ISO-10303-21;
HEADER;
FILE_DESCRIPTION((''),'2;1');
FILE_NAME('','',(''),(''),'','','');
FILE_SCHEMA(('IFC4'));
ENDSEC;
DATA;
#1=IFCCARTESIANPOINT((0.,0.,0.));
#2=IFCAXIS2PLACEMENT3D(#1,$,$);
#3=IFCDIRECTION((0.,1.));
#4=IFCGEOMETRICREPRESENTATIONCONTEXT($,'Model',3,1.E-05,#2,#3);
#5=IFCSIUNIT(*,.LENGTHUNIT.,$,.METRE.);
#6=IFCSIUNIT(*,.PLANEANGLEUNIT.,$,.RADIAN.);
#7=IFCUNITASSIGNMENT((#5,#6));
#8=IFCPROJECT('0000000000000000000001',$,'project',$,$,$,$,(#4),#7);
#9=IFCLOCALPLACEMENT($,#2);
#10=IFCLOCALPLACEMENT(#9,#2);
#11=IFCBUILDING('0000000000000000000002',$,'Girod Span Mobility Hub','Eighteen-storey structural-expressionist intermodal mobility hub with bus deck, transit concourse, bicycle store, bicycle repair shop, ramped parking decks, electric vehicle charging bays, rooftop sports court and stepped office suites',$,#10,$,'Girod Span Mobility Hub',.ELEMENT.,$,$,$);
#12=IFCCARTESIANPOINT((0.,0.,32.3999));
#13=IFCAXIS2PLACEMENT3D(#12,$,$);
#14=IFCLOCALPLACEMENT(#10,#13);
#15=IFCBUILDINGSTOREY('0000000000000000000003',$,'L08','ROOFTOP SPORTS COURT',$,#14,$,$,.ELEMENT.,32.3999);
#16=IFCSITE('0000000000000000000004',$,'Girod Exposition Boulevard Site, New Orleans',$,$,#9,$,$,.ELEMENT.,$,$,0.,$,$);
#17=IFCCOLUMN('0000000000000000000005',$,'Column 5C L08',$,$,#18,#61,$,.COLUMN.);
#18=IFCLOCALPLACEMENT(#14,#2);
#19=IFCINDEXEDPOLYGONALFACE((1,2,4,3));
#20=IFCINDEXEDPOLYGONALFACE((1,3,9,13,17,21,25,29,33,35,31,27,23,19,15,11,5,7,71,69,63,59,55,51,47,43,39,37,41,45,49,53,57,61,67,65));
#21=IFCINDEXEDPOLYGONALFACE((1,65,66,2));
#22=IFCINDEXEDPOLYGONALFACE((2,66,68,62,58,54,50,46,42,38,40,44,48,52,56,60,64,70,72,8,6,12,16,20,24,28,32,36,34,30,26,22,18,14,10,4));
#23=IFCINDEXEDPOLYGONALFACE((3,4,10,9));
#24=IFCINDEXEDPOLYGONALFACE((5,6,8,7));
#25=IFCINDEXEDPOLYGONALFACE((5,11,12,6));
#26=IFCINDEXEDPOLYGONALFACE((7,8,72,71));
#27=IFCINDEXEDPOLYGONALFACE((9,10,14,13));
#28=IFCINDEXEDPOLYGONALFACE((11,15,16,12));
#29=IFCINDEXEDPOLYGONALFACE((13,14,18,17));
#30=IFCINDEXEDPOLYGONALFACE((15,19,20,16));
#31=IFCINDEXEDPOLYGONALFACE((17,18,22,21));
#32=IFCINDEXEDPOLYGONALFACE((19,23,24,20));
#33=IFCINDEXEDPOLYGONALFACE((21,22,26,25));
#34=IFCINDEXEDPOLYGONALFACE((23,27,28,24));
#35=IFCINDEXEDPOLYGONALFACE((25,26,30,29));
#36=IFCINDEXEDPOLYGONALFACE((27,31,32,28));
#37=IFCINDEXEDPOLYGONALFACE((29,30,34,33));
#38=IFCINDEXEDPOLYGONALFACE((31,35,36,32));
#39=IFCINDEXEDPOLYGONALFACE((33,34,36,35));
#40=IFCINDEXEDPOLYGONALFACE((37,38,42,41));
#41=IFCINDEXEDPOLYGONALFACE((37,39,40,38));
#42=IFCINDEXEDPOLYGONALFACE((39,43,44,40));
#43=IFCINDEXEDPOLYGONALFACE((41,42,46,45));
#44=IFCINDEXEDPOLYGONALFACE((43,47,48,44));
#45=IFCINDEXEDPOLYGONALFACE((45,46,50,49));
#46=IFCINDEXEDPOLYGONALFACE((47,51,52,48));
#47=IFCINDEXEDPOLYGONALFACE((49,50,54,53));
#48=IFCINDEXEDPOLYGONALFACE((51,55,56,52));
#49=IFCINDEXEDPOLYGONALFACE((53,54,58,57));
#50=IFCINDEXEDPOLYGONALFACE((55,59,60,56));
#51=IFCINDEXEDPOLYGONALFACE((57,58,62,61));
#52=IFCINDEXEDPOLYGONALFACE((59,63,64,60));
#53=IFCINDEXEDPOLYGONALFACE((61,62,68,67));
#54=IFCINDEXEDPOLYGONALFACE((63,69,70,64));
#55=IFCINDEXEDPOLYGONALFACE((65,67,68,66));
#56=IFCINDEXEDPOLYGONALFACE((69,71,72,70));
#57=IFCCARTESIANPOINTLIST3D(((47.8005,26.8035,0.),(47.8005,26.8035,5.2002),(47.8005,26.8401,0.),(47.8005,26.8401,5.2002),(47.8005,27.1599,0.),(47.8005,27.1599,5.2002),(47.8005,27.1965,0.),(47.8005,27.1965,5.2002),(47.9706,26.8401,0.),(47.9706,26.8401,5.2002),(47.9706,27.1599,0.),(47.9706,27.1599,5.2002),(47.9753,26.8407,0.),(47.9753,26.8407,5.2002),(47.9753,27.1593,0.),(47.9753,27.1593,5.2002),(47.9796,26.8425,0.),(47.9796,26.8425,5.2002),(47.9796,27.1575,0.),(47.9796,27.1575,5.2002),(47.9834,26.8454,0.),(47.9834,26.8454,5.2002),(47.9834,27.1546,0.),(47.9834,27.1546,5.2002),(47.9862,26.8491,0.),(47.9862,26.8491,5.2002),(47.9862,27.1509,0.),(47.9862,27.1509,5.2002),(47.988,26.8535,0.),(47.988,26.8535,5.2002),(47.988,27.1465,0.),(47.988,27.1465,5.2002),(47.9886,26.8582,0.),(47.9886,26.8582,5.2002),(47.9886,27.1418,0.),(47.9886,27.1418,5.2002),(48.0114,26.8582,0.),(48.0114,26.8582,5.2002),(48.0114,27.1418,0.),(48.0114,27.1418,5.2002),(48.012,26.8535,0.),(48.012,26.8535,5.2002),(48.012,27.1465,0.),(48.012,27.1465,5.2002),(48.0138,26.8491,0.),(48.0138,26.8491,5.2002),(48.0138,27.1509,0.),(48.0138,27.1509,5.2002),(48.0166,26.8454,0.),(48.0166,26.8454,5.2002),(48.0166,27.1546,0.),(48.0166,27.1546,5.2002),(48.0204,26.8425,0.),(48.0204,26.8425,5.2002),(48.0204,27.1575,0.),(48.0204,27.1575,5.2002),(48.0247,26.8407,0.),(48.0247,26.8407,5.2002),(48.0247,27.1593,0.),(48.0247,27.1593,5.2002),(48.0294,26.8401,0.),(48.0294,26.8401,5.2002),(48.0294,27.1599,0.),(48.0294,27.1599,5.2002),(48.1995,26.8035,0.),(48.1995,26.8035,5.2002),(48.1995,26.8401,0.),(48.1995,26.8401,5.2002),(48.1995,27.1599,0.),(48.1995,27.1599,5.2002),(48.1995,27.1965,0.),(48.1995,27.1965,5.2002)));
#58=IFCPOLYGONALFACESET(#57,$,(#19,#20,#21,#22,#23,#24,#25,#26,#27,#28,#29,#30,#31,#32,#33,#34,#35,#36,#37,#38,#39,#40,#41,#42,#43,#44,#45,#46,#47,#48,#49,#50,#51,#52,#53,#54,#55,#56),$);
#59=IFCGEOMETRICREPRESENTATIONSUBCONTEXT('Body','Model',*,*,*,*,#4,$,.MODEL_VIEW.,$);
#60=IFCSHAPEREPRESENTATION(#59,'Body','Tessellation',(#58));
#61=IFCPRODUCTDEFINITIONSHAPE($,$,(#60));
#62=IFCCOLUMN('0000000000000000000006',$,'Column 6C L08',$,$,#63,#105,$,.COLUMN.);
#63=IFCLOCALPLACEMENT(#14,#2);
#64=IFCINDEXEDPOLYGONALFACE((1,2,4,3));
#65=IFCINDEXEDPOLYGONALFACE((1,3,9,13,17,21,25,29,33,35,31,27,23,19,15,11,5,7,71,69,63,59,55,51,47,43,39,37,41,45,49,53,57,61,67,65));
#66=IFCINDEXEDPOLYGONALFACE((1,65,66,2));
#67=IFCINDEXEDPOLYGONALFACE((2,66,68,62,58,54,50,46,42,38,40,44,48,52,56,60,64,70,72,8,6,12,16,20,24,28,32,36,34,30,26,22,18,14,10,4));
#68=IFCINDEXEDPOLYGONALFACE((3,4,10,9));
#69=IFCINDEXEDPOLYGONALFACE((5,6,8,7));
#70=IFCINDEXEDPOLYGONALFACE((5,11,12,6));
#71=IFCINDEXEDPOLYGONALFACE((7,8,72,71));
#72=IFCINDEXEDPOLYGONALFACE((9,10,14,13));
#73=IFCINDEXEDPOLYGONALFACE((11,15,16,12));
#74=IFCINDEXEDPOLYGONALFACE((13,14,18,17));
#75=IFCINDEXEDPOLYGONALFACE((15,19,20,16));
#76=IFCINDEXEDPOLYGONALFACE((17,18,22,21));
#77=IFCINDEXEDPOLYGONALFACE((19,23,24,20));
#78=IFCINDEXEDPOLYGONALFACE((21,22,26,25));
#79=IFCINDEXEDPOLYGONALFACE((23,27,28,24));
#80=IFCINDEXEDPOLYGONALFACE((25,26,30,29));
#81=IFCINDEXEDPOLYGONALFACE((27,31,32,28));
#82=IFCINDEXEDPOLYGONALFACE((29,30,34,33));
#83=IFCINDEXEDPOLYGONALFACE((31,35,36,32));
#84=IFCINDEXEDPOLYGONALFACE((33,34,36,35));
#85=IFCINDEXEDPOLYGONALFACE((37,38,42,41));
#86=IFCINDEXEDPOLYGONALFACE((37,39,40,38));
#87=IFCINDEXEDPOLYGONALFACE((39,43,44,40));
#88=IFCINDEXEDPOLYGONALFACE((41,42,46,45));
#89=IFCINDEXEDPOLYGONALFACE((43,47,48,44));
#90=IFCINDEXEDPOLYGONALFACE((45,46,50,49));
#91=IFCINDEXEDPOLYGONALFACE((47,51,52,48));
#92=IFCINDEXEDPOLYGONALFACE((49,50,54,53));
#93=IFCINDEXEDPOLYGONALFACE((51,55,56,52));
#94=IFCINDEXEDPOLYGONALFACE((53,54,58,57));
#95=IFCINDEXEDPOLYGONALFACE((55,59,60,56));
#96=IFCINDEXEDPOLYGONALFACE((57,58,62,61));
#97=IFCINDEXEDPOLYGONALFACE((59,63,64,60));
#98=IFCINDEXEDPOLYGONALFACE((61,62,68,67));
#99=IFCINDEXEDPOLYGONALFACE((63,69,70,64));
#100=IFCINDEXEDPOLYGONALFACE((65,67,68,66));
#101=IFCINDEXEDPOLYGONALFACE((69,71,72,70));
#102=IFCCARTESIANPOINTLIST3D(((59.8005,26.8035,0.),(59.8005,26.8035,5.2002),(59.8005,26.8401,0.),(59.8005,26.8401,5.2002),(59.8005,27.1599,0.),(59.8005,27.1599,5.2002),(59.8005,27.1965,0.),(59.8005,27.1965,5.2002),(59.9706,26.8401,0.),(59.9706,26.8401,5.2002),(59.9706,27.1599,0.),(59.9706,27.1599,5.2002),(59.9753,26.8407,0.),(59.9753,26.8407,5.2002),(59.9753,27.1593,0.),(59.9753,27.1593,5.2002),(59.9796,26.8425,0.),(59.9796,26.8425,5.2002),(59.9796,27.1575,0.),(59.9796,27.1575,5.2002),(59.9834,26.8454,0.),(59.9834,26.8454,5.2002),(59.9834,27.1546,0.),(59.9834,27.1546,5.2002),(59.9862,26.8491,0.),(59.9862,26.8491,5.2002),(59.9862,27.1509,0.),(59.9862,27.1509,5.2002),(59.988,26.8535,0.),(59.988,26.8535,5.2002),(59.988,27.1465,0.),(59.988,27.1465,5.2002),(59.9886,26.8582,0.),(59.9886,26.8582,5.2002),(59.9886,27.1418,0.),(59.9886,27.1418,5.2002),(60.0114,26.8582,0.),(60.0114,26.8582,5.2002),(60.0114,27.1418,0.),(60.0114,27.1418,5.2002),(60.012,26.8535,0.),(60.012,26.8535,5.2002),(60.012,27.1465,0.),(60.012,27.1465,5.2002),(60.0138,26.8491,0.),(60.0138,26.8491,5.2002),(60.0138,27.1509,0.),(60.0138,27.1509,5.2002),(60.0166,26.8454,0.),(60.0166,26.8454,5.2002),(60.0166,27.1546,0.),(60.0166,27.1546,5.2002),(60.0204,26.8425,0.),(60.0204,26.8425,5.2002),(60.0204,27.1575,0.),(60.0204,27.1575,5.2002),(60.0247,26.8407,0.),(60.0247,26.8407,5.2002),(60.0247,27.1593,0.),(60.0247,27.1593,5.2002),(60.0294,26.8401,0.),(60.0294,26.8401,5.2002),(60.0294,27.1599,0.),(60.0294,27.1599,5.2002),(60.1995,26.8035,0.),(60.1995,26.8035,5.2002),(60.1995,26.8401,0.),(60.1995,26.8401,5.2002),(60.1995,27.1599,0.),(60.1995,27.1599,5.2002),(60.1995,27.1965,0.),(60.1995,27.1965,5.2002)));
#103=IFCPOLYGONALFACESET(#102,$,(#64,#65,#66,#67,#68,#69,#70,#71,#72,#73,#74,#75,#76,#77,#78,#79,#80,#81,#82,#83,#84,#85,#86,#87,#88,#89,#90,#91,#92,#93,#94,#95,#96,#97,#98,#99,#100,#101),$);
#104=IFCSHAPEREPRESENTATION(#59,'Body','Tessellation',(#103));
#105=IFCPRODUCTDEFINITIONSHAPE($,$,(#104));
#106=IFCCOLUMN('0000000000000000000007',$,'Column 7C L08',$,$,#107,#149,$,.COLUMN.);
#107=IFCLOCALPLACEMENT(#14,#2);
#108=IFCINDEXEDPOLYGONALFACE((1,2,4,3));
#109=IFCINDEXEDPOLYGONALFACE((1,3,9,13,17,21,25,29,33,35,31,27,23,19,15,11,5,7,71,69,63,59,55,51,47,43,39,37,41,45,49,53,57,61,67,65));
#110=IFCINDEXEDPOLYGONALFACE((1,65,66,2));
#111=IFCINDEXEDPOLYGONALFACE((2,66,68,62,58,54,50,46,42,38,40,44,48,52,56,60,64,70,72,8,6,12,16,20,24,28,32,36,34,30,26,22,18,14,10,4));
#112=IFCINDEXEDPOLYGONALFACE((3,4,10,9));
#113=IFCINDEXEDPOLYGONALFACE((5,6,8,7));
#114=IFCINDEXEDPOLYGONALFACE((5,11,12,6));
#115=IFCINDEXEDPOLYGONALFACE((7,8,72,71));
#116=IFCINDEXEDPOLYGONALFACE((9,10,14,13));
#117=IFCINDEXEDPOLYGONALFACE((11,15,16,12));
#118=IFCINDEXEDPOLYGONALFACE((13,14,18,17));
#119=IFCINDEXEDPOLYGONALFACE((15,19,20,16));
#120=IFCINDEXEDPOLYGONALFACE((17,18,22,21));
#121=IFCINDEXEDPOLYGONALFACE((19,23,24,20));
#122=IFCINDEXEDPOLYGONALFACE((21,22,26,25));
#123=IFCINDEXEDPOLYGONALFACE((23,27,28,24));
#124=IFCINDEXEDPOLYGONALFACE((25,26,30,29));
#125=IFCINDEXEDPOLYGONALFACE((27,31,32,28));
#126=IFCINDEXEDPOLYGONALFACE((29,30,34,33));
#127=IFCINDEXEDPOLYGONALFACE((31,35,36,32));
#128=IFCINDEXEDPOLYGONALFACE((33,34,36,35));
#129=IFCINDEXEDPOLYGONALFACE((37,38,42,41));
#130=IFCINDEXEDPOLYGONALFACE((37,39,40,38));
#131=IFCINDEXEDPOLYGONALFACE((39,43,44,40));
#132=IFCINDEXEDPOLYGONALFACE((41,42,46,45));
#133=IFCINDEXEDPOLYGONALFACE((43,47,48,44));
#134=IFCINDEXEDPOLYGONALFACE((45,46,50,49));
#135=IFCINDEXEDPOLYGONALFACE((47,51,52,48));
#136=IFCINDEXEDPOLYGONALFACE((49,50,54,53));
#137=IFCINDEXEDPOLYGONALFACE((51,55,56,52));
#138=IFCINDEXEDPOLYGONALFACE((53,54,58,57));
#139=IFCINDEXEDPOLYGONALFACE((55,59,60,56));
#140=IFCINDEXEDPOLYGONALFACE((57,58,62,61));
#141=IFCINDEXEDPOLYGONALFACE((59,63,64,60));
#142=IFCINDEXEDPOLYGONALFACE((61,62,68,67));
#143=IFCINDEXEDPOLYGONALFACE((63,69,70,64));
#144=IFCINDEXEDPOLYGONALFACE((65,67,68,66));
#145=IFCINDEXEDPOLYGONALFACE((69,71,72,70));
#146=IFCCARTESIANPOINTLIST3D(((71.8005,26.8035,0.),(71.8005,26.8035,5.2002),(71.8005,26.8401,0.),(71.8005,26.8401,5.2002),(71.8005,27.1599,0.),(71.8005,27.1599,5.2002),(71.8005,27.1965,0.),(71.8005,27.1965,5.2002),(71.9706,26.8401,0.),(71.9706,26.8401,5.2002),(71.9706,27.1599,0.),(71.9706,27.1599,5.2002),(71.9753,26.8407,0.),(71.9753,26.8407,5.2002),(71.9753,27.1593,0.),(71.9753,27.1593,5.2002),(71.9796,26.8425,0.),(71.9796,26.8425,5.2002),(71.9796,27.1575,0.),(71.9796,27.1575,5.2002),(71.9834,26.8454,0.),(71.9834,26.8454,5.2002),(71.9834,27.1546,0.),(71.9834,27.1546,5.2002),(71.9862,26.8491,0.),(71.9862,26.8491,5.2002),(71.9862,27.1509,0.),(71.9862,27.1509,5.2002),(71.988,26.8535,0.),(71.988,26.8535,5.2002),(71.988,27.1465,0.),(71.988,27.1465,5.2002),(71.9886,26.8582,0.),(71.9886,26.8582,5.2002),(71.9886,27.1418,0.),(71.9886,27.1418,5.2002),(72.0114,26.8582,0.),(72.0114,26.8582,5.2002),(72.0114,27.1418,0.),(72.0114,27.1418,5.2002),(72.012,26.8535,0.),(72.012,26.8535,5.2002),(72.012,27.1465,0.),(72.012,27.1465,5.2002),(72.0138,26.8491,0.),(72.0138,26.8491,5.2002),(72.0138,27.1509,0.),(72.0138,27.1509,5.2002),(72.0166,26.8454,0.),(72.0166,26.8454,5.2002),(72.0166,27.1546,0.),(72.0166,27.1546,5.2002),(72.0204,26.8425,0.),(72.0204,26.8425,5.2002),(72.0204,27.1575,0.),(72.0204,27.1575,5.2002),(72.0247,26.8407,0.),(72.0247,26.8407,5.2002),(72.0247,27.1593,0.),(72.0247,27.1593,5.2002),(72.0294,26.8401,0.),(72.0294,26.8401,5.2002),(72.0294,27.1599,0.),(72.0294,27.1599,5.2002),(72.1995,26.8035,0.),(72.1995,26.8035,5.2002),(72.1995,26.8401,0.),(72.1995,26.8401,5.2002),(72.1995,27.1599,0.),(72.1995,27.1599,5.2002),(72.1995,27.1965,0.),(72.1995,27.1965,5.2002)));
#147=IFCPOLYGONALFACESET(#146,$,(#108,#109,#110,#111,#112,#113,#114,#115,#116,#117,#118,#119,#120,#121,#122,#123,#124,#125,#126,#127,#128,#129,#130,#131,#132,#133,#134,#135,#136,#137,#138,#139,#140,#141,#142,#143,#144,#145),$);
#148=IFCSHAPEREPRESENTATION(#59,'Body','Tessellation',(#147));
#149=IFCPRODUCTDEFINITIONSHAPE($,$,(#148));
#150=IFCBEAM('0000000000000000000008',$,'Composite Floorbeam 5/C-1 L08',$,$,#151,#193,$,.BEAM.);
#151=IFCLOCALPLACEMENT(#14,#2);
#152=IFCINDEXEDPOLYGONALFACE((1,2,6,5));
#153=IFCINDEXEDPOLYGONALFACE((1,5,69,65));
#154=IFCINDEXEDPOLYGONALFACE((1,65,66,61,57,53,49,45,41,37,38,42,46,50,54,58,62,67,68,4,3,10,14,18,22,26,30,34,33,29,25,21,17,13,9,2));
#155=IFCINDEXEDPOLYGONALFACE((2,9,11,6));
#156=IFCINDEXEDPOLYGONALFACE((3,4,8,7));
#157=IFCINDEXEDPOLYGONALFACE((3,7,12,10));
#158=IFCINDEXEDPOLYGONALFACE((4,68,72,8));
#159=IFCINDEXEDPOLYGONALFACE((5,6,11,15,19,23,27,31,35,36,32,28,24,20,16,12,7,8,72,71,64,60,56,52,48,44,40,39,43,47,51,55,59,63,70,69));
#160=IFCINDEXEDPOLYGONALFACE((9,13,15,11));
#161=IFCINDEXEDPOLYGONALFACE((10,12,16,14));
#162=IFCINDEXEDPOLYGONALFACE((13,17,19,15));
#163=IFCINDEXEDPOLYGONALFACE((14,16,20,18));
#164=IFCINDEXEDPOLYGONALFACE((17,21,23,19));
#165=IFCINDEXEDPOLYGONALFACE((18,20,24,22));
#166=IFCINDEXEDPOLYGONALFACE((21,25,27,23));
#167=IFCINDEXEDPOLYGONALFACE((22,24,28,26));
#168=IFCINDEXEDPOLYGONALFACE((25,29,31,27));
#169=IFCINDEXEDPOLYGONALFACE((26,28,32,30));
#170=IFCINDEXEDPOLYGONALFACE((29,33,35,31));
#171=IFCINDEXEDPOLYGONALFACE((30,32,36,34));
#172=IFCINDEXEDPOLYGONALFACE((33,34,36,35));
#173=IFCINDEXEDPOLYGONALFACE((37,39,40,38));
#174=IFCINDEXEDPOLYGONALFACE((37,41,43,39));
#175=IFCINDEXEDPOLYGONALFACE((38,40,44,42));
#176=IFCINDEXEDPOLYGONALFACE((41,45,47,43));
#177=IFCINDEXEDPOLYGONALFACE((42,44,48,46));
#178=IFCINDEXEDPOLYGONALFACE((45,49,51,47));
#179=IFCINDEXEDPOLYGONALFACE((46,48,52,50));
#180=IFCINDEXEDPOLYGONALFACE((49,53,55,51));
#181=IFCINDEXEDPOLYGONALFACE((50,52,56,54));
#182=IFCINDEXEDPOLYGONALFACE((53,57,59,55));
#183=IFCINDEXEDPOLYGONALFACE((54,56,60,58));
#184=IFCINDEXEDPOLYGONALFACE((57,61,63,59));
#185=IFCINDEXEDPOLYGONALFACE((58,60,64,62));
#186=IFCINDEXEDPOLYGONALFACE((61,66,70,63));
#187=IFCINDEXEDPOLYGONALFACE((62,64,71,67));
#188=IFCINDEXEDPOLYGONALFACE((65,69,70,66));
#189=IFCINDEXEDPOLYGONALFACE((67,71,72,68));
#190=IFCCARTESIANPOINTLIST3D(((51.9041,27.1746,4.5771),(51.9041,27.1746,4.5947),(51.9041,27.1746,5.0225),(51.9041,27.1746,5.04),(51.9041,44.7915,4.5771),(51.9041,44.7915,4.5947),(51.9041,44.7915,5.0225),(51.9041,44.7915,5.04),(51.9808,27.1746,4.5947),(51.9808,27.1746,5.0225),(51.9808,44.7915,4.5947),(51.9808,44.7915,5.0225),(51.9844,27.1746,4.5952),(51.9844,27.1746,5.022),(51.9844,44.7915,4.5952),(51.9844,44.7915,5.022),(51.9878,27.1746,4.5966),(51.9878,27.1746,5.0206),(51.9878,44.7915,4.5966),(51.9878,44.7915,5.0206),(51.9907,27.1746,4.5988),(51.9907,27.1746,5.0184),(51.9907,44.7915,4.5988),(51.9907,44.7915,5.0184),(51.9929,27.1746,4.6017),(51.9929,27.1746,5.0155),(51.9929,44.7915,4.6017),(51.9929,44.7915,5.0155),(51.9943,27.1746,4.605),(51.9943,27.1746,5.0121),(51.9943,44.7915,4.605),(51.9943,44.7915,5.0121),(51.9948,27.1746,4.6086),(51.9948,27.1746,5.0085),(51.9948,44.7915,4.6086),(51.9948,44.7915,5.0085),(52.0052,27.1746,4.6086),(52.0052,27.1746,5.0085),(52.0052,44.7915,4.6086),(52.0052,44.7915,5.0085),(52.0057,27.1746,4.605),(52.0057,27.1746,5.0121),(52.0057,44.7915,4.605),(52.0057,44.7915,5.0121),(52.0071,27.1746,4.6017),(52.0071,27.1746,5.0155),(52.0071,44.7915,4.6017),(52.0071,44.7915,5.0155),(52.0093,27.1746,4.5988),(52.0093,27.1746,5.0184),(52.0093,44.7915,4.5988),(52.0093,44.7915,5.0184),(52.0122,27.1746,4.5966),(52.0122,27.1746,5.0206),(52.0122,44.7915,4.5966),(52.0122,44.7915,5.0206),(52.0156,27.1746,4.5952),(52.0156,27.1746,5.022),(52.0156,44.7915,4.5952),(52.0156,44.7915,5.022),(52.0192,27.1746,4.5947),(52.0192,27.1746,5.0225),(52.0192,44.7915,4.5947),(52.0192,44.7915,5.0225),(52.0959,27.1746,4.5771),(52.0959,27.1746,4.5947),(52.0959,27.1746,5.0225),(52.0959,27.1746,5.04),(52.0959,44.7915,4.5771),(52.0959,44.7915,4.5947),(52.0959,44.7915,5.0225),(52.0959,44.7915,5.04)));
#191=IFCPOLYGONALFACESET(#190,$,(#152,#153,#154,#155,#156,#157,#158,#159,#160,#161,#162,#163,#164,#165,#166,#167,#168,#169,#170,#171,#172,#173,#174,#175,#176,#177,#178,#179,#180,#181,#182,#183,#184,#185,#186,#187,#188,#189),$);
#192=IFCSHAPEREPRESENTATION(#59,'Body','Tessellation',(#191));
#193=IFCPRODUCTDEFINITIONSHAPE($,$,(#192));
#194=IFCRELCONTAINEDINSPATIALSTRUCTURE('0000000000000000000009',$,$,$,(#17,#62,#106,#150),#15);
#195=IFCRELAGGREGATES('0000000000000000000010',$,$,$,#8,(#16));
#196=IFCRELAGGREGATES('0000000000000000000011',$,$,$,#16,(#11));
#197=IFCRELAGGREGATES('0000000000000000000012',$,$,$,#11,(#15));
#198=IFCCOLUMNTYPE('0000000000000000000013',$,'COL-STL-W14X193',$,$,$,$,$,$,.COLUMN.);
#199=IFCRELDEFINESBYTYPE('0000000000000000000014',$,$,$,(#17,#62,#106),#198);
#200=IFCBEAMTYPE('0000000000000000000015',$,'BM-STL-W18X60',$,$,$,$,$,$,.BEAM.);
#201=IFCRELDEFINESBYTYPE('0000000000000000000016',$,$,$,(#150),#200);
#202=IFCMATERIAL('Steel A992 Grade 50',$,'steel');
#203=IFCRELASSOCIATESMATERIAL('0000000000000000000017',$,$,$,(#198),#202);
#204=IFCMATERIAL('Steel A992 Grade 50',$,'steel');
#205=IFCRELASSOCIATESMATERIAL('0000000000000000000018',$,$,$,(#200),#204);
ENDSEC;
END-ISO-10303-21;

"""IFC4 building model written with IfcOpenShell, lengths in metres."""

from ifc_helpers import new_model, si_unit, direction, frame, origin, origin_2d, place, context, subcontext, project, spatial, i_section, extrude, material, material_profile, profile_set, type_object, element, save


model = new_model("IFC4")

# Units and contexts
model_context = context("Model", 3, precision=1e-05, world=origin(), true_north=direction((0.0, 1.0)))
body_context = subcontext(model_context, "Body", "Model", "MODEL_VIEW")
ifc_project = project(units=[si_unit("LENGTHUNIT", "METRE"), si_unit("PLANEANGLEUNIT", "RADIAN")], contexts=[model_context])

# Site, building, storey
site_placement = place(None, origin())
site = spatial("IfcSite", under=ifc_project, at=site_placement, Name="Girod Exposition Boulevard Site, New Orleans", CompositionType="ELEMENT", RefElevation=0.0)
building_placement = place(site_placement, origin())
building = spatial("IfcBuilding", under=site, at=building_placement, Name="Girod Span Mobility Hub", Description="Eighteen-storey structural-expressionist intermodal mobility hub with bus deck, transit concourse, bicycle store, bicycle repair shop, ramped parking decks, electric vehicle charging bays, rooftop sports court and stepped office suites", LongName="Girod Span Mobility Hub", CompositionType="ELEMENT")
storey_placement = place(building_placement, frame((0.0, 0.0, 32.3999)))
storey = spatial("IfcBuildingStorey", under=building, at=storey_placement, Name="L08", Description="ROOFTOP SPORTS COURT", CompositionType="ELEMENT", Elevation=32.3999)

# Columns
ifc_material_1 = material(Name="Steel A992 Grade 50", Category="steel")
ifc_material_profile_1 = material_profile(ifc_material_1, i_section(OverallWidth=0.3989, OverallDepth=0.3931, WebThickness=0.0227, FlangeThickness=0.0366, FilletRadius=0.0181, at=origin_2d()), Name="W14X193")
ifc_profile_set_1 = profile_set([ifc_material_profile_1], Name="Steel A992 Grade 50")
column_type = type_object("IfcColumnType", Name="COL-STL-W14X193", PredefinedType="COLUMN", material=ifc_profile_set_1)
for number, where, z_axis, x_axis, name in (
    (1, (48.0, 27.0, 0.0), (0.0, 0.0, 1.0), (1.0, 0.0, 0.0), "Column 5C L08"),
    (2, (60.0, 27.0, 0.0), (0.0, 0.0, 1.0), (1.0, 0.0, 0.0), "Column 6C L08"),
    (3, (72.0, 27.0, 0.0), (0.0, 0.0, 1.0), (1.0, 0.0, 0.0), "Column 7C L08"),
):
    element("IfcColumn", number, at=place(storey_placement, frame(where, z_axis=z_axis, x_axis=x_axis)), inside=storey, type_object=column_type, Name=name, PredefinedType="COLUMN", context=body_context, shape_type="SweptSolid", body=[
        extrude(i_section(OverallWidth=0.3989, OverallDepth=0.3931, WebThickness=0.0227, FlangeThickness=0.0366, FilletRadius=0.0181, at=origin_2d()), origin(), (0.0, 0.0, 1.0), 5.2002),
    ])

# Beam
ifc_material_2 = material(Name="Steel A992 Grade 50", Category="steel")
ifc_material_profile_2 = material_profile(ifc_material_2, i_section(OverallWidth=0.1919, OverallDepth=0.4629, WebThickness=0.0105, FlangeThickness=0.0176, FilletRadius=0.0139, at=origin_2d()), Name="W18X60")
ifc_profile_set_2 = profile_set([ifc_material_profile_2], Name="Steel A992 Grade 50")
beam_type_1 = type_object("IfcBeamType", Name="BM-STL-W18X60", PredefinedType="BEAM", material=ifc_profile_set_2)
for number, where, z_axis, x_axis, name in (
    (4, (52.0, 27.1746, 4.8086), (0.0, 1.0, 0.0), (-1.0, 0.0, 0.0), "Composite Floorbeam 5/C-1 L08"),
):
    element("IfcBeam", number, at=place(storey_placement, frame(where, z_axis=z_axis, x_axis=x_axis)), inside=storey, type_object=beam_type_1, Name=name, PredefinedType="BEAM", context=body_context, shape_type="SweptSolid", body=[
        extrude(i_section(OverallWidth=0.1919, OverallDepth=0.4629, WebThickness=0.0105, FlangeThickness=0.0176, FilletRadius=0.0139, at=origin_2d()), origin(), (0.0, 0.0, 1.0), 17.6169),
    ])

save(model, "model.ifc")
